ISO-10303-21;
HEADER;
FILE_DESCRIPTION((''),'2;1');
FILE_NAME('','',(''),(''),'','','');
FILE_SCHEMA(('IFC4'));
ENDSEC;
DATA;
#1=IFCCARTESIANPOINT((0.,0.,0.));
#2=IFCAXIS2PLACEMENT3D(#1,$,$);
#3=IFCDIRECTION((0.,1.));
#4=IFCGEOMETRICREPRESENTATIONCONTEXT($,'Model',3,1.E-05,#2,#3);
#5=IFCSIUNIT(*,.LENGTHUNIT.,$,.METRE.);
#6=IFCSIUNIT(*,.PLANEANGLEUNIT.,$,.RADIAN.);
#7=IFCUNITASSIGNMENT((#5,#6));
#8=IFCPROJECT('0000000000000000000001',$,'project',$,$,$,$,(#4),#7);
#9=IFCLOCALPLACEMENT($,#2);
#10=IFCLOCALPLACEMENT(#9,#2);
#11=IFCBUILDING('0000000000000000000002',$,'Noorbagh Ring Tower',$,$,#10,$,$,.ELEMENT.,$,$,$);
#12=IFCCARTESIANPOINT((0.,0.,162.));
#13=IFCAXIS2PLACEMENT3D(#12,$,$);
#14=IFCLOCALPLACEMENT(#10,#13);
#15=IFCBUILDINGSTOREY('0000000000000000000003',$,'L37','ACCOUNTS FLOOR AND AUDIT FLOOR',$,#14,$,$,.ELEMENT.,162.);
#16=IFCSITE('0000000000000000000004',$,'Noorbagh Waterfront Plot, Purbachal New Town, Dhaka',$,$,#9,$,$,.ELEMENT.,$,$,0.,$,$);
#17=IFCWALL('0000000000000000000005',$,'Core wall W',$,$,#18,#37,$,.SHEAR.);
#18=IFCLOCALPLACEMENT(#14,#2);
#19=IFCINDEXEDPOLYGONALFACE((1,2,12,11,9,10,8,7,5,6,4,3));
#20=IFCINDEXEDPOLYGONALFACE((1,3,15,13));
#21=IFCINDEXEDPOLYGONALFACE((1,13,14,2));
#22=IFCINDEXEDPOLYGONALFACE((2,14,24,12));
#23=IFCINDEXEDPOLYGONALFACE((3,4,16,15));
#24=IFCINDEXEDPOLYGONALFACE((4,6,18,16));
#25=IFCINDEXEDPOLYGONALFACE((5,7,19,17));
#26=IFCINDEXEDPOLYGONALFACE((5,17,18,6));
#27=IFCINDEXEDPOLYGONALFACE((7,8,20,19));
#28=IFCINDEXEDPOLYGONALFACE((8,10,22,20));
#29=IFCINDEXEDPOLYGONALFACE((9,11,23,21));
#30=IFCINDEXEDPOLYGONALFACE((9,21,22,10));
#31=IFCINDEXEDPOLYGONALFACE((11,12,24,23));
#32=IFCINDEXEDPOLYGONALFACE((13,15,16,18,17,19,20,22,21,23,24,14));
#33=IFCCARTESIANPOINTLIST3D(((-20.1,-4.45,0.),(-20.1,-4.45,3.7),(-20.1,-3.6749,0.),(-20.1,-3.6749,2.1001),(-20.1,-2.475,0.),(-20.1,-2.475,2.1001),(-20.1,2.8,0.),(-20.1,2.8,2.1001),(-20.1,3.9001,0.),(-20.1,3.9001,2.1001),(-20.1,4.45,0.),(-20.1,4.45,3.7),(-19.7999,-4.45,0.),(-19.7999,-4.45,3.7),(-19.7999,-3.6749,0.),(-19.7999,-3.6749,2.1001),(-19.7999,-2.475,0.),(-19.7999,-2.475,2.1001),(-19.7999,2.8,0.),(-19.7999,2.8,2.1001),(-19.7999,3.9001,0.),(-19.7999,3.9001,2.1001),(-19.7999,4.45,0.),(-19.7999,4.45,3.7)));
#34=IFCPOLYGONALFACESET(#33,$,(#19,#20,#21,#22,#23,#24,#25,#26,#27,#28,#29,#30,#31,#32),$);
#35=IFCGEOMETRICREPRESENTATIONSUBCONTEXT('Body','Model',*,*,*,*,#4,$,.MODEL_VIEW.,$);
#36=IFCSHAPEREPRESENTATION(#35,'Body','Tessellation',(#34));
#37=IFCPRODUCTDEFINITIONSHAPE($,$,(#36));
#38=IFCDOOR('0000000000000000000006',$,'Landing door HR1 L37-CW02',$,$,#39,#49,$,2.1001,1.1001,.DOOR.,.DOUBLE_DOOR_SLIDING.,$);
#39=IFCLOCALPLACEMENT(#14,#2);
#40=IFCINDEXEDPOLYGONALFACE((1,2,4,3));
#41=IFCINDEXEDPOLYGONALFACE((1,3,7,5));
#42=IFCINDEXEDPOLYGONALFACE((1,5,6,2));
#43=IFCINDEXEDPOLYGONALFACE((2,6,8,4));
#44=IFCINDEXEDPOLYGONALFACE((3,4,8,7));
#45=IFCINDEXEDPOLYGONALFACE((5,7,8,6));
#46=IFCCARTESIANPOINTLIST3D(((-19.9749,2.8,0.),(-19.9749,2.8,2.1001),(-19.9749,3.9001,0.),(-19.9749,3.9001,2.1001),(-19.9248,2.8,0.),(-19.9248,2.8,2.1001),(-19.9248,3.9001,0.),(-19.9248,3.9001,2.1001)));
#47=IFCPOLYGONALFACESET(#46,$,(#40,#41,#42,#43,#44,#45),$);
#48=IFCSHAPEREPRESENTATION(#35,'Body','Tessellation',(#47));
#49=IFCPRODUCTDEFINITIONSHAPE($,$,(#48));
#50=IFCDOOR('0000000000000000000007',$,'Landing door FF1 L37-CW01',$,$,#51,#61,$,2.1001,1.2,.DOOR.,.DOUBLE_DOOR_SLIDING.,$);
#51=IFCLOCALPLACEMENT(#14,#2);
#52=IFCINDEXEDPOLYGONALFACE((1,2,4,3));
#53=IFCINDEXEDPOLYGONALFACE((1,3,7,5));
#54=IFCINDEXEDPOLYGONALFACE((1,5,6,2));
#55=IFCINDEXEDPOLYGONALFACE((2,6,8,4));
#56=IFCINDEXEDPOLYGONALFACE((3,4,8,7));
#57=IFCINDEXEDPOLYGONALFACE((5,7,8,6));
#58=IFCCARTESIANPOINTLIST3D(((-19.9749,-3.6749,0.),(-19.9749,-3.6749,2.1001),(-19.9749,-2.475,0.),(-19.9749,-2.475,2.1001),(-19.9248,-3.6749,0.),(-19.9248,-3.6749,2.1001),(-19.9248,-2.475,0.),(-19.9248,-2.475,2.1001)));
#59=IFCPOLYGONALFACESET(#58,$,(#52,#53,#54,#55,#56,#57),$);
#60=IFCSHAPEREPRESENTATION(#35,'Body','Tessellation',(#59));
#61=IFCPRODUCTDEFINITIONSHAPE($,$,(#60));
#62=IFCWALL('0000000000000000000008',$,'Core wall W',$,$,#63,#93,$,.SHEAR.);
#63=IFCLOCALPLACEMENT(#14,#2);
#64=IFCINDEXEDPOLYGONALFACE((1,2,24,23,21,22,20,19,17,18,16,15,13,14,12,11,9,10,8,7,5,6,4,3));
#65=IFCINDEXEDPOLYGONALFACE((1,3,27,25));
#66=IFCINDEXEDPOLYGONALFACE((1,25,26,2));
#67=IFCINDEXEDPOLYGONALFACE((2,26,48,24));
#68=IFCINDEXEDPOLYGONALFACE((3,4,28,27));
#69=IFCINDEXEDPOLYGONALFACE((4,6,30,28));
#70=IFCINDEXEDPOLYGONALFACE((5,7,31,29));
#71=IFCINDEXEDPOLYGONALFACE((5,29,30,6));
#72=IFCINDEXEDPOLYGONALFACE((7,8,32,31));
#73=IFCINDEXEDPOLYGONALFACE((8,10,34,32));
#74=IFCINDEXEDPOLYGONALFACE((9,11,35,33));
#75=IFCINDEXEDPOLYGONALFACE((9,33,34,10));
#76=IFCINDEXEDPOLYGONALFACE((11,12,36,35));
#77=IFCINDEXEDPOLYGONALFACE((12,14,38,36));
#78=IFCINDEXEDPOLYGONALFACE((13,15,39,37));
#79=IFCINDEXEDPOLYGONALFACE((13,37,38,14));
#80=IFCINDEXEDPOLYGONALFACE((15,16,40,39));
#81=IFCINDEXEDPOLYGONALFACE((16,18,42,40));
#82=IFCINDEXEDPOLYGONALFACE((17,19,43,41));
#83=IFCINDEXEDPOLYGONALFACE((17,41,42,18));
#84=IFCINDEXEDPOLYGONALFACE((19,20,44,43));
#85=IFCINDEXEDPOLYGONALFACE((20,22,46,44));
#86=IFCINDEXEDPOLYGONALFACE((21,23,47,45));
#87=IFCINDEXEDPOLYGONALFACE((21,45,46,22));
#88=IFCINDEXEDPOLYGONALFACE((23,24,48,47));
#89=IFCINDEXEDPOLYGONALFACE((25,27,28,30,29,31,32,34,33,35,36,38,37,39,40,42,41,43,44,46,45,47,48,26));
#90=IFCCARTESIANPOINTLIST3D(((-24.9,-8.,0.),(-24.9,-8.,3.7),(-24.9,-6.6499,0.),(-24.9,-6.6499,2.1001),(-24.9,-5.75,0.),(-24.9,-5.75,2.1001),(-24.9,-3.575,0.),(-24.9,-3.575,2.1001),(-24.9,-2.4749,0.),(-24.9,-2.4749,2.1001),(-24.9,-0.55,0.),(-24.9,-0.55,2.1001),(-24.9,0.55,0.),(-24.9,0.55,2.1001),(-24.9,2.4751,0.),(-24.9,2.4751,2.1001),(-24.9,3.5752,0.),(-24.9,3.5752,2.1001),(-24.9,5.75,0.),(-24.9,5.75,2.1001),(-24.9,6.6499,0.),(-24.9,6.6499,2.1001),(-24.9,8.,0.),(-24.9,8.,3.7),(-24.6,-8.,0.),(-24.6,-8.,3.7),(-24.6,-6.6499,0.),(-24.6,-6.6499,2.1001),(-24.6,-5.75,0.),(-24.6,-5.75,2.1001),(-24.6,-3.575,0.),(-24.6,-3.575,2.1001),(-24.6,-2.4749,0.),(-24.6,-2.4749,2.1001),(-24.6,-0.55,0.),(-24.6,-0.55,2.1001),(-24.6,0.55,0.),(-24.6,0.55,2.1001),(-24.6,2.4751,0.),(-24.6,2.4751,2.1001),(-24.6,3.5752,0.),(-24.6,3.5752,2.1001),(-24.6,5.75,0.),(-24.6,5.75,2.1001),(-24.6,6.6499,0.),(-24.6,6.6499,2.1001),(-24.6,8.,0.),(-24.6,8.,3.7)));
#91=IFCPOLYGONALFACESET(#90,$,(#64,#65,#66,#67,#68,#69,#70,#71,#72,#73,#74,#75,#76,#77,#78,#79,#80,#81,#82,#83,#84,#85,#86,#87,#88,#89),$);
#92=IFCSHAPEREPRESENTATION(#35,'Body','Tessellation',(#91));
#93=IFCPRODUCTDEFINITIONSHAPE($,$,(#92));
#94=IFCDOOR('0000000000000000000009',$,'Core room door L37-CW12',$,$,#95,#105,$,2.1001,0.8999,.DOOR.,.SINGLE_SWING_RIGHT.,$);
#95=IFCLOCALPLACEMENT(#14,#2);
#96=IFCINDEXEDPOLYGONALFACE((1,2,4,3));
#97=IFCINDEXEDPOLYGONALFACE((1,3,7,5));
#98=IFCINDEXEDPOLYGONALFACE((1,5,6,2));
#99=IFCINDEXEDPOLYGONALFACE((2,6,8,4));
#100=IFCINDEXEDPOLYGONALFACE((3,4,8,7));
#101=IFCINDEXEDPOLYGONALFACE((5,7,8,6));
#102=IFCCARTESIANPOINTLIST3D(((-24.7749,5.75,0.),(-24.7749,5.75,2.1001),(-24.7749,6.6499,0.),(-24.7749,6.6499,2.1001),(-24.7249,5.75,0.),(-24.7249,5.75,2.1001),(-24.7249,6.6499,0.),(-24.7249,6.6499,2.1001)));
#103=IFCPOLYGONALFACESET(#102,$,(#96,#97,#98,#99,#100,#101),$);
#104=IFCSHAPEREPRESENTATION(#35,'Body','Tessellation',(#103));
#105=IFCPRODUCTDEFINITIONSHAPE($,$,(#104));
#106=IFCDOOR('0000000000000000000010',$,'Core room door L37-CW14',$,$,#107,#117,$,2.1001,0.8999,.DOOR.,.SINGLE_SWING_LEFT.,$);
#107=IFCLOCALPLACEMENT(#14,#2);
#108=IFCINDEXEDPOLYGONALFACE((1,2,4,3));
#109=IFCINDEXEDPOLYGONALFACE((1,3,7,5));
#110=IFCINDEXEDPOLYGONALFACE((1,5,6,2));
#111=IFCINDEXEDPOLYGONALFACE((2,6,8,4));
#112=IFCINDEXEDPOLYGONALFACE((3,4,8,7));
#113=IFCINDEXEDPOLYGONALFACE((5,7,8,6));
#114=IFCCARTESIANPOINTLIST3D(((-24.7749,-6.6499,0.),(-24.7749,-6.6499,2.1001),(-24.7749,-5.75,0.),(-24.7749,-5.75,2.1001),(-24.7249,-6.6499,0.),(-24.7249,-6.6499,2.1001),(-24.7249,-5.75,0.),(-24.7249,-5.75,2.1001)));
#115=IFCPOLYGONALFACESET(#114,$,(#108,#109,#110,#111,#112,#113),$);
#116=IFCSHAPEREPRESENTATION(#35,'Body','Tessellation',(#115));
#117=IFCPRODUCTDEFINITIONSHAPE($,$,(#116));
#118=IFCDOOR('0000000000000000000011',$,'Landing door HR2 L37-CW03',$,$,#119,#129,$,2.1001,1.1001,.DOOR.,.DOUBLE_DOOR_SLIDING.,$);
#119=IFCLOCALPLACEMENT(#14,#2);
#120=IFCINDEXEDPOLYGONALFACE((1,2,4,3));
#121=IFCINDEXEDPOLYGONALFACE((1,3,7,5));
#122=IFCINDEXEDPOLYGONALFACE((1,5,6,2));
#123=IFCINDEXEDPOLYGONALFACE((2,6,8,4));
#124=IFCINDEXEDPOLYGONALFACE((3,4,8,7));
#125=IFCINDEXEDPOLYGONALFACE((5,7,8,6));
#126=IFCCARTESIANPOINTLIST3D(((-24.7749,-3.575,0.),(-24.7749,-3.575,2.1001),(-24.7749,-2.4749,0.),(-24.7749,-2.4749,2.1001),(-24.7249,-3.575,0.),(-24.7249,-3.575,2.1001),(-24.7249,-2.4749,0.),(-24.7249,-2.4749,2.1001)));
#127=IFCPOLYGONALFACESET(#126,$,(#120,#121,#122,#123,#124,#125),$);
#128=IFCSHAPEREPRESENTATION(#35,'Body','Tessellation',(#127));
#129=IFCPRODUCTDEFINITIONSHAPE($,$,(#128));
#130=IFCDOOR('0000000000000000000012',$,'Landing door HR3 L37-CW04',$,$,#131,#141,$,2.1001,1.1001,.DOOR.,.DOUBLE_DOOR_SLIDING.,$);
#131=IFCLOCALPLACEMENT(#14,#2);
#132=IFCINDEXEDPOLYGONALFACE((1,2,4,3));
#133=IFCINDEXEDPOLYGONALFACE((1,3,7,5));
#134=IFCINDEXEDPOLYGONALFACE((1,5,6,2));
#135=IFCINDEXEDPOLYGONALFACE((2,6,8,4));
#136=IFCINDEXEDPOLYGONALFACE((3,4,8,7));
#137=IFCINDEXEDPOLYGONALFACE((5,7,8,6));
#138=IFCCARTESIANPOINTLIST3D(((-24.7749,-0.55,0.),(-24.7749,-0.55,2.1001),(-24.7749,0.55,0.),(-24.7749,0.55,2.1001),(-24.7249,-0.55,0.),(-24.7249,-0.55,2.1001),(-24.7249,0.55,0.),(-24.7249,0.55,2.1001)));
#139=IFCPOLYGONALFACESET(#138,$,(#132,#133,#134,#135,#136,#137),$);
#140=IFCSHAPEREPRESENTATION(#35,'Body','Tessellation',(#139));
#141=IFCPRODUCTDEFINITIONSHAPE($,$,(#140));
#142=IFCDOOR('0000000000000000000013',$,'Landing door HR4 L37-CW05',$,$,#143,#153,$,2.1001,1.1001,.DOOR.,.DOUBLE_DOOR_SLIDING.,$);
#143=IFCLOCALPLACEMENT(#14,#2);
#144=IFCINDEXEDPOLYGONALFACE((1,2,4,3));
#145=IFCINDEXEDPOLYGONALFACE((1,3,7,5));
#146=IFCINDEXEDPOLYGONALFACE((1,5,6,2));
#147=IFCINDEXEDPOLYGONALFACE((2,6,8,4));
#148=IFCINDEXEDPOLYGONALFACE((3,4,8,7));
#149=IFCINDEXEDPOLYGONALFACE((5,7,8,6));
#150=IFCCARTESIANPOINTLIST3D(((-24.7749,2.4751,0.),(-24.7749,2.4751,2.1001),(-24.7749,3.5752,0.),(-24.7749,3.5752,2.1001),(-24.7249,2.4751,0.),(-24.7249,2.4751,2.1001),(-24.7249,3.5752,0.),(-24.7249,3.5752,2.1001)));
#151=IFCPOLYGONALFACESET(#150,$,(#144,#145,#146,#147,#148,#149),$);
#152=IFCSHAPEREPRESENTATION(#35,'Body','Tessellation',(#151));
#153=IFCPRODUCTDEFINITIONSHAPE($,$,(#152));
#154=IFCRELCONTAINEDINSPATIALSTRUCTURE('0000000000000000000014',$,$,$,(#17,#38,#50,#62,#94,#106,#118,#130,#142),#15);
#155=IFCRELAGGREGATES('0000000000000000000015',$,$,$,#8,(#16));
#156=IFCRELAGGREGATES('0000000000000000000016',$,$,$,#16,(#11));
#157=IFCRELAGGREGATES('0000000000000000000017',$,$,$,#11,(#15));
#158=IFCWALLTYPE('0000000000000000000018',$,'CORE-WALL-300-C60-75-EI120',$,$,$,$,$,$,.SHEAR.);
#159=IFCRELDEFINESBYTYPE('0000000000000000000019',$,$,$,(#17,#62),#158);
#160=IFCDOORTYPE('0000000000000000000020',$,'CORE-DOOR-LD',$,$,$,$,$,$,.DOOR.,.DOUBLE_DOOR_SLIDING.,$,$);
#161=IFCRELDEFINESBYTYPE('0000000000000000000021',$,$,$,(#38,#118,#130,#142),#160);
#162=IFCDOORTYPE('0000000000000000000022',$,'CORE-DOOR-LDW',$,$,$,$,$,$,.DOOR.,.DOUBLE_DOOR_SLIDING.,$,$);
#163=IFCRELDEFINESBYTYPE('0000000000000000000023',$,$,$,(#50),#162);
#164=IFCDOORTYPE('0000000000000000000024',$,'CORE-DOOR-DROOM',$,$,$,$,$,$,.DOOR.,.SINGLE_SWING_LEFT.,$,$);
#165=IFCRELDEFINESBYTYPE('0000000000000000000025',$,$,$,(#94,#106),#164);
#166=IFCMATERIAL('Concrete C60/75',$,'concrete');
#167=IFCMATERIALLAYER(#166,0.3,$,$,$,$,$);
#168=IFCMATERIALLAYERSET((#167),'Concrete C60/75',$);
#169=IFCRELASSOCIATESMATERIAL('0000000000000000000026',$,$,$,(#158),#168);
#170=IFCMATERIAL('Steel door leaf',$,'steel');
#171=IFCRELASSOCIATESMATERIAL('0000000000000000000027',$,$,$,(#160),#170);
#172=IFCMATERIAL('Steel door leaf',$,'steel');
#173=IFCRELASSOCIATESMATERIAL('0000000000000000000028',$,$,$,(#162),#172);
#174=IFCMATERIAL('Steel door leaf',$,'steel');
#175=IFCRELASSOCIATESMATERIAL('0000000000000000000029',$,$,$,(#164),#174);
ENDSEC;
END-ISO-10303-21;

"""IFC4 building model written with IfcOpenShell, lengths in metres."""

from ifc_helpers import new_model, si_unit, direction, frame, frame_2d, origin, place, context, subcontext, project, spatial, rectangle, extrude, material, layer, layer_set, type_object, element, fill, save


model = new_model("IFC4")

# Units and contexts
model_context = context("Model", 3, precision=1e-05, world=origin(), true_north=direction((0.0, 1.0)))
body_context = subcontext(model_context, "Body", "Model", "MODEL_VIEW")
ifc_project = project(units=[si_unit("LENGTHUNIT", "METRE"), si_unit("PLANEANGLEUNIT", "RADIAN")], contexts=[model_context])

# Site, building, storey
site_placement = place(None, origin())
site = spatial("IfcSite", under=ifc_project, at=site_placement, Name="Noorbagh Waterfront Plot, Purbachal New Town, Dhaka", CompositionType="ELEMENT", RefElevation=0.0)
building_placement = place(site_placement, origin())
building = spatial("IfcBuilding", under=site, at=building_placement, Name="Noorbagh Ring Tower", CompositionType="ELEMENT")
storey_placement = place(building_placement, frame((0.0, 0.0, 162.0)))
storey = spatial("IfcBuildingStorey", under=building, at=storey_placement, Name="L37", Description="ACCOUNTS FLOOR AND AUDIT FLOOR", CompositionType="ELEMENT", Elevation=162.0)

# Shared definitions
ifc_material_1 = material(Name="Concrete C60/75", Category="concrete")
ifc_layer_1 = layer(ifc_material_1, 0.3)
ifc_layer_set_1 = layer_set([ifc_layer_1], Name="Concrete C60/75")
wall_type_1 = type_object("IfcWallType", Name="CORE-WALL-300-C60-75-EI120", PredefinedType="SHEAR", material=ifc_layer_set_1)

# Walls, openings, doors
wall_1_placement = place(storey_placement, frame((-19.95, -4.45, 0.0), z_axis=(0.0, 0.0, 1.0), x_axis=(0.0, 1.0, 0.0)))
wall_1 = element("IfcWall", 1, at=wall_1_placement, inside=storey, type_object=wall_type_1, Name="Core wall W", PredefinedType="SHEAR", context=body_context, shape_type="SweptSolid", body=[
    extrude(rectangle(XDim=8.8999, YDim=0.3, at=frame_2d((4.45, 0.0))), origin(), (0.0, 0.0, 1.0), 3.7),
])
opening_1_placement = place(wall_1_placement, frame((0.7749, 0.0, 0.0)))
opening_1 = element("IfcOpeningElement", 2, at=opening_1_placement, cuts=wall_1, PredefinedType="OPENING", context=body_context, shape_type="SweptSolid", body=[
    extrude(rectangle(XDim=1.2, YDim=2.1001, at=frame_2d((0.6001, 1.05))), frame((0.0, 0.1602, 0.0), z_axis=(0.0, -1.0, 0.0), x_axis=(1.0, 0.0, 0.0)), (0.0, 0.0, 1.0), 0.3201),
])
opening_2_placement = place(wall_1_placement, frame((7.25, 0.0, 0.0)))
opening_2 = element("IfcOpeningElement", 3, at=opening_2_placement, cuts=wall_1, PredefinedType="OPENING", context=body_context, shape_type="SweptSolid", body=[
    extrude(rectangle(XDim=1.1001, YDim=2.1001, at=frame_2d((0.55, 1.05))), frame((0.0, 0.1602, 0.0), z_axis=(0.0, -1.0, 0.0), x_axis=(1.0, 0.0, 0.0)), (0.0, 0.0, 1.0), 0.3201),
])
ifc_material_2 = material(Name="Steel door leaf", Category="steel")
door_type_1 = type_object("IfcDoorType", Name="CORE-DOOR-LD", OperationType="DOUBLE_DOOR_SLIDING", PredefinedType="DOOR", material=ifc_material_2)
door_1_placement = place(opening_2_placement, origin())
door_1 = element("IfcDoor", 4, at=door_1_placement, inside=storey, type_object=door_type_1, Name="Landing door HR1 L37-CW02", OperationType="DOUBLE_DOOR_SLIDING", OverallHeight=2.1001, OverallWidth=1.1001, PredefinedType="DOOR", context=body_context, shape_type="SweptSolid", body=[
    extrude(rectangle(XDim=1.1001, YDim=2.1001, at=frame_2d((0.55, 1.05))), frame((0.0, 0.0249, 0.0), z_axis=(0.0, -1.0, 0.0), x_axis=(1.0, 0.0, 0.0)), (0.0, 0.0, 1.0), 0.05),
])
fill(opening_2, door_1)
ifc_material_3 = material(Name="Steel door leaf", Category="steel")
door_type_2 = type_object("IfcDoorType", Name="CORE-DOOR-LDW", OperationType="DOUBLE_DOOR_SLIDING", PredefinedType="DOOR", material=ifc_material_3)
door_2_placement = place(opening_1_placement, origin())
door_2 = element("IfcDoor", 5, at=door_2_placement, inside=storey, type_object=door_type_2, Name="Landing door FF1 L37-CW01", OperationType="DOUBLE_DOOR_SLIDING", OverallHeight=2.1001, OverallWidth=1.2, PredefinedType="DOOR", context=body_context, shape_type="SweptSolid", body=[
    extrude(rectangle(XDim=1.2, YDim=2.1001, at=frame_2d((0.6001, 1.05))), frame((0.0, 0.0249, 0.0), z_axis=(0.0, -1.0, 0.0), x_axis=(1.0, 0.0, 0.0)), (0.0, 0.0, 1.0), 0.05),
])
fill(opening_1, door_2)
wall_2_placement = place(storey_placement, frame((-24.75, -8.0, 0.0), z_axis=(0.0, 0.0, 1.0), x_axis=(0.0, 1.0, 0.0)))
wall_2 = element("IfcWall", 6, at=wall_2_placement, inside=storey, type_object=wall_type_1, Name="Core wall W", PredefinedType="SHEAR", context=body_context, shape_type="SweptSolid", body=[
    extrude(rectangle(XDim=16.0, YDim=0.3, at=frame_2d((8.0, 0.0))), origin(), (0.0, 0.0, 1.0), 3.7),
])
opening_3_placement = place(wall_2_placement, frame((4.425, 0.0, 0.0)))
opening_3 = element("IfcOpeningElement", 7, at=opening_3_placement, cuts=wall_2, PredefinedType="OPENING", context=body_context, shape_type="SweptSolid", body=[
    extrude(rectangle(XDim=1.1001, YDim=2.1001, at=frame_2d((0.55, 1.05))), frame((0.0, 0.1602, 0.0), z_axis=(0.0, -1.0, 0.0), x_axis=(1.0, 0.0, 0.0)), (0.0, 0.0, 1.0), 0.3201),
])
opening_4_placement = place(wall_2_placement, frame((7.45, 0.0, 0.0)))
opening_4 = element("IfcOpeningElement", 8, at=opening_4_placement, cuts=wall_2, PredefinedType="OPENING", context=body_context, shape_type="SweptSolid", body=[
    extrude(rectangle(XDim=1.1001, YDim=2.1001, at=frame_2d((0.55, 1.05))), frame((0.0, 0.1602, 0.0), z_axis=(0.0, -1.0, 0.0), x_axis=(1.0, 0.0, 0.0)), (0.0, 0.0, 1.0), 0.3201),
])
opening_5_placement = place(wall_2_placement, frame((10.4751, 0.0, 0.0)))
opening_5 = element("IfcOpeningElement", 9, at=opening_5_placement, cuts=wall_2, PredefinedType="OPENING", context=body_context, shape_type="SweptSolid", body=[
    extrude(rectangle(XDim=1.1001, YDim=2.1001, at=frame_2d((0.55, 1.05))), frame((0.0, 0.1602, 0.0), z_axis=(0.0, -1.0, 0.0), x_axis=(1.0, 0.0, 0.0)), (0.0, 0.0, 1.0), 0.3201),
])
opening_6_placement = place(wall_2_placement, frame((13.75, 0.0, 0.0)))
opening_6 = element("IfcOpeningElement", 10, at=opening_6_placement, cuts=wall_2, PredefinedType="OPENING", context=body_context, shape_type="SweptSolid", body=[
    extrude(rectangle(XDim=0.8999, YDim=2.1001, at=frame_2d((0.45, 1.05))), frame((0.0, 0.1602, 0.0), z_axis=(0.0, -1.0, 0.0), x_axis=(1.0, 0.0, 0.0)), (0.0, 0.0, 1.0), 0.3201),
])
opening_7_placement = place(wall_2_placement, frame((1.3501, 0.0, 0.0)))
opening_7 = element("IfcOpeningElement", 11, at=opening_7_placement, cuts=wall_2, PredefinedType="OPENING", context=body_context, shape_type="SweptSolid", body=[
    extrude(rectangle(XDim=0.8999, YDim=2.1001, at=frame_2d((0.45, 1.05))), frame((0.0, 0.1602, 0.0), z_axis=(0.0, -1.0, 0.0), x_axis=(1.0, 0.0, 0.0)), (0.0, 0.0, 1.0), 0.3201),
])
ifc_material_4 = material(Name="Steel door leaf", Category="steel")
door_type_3 = type_object("IfcDoorType", Name="CORE-DOOR-DROOM", OperationType="SINGLE_SWING_LEFT", PredefinedType="DOOR", material=ifc_material_4)
door_3_placement = place(opening_6_placement, origin())
door_3 = element("IfcDoor", 12, at=door_3_placement, inside=storey, type_object=door_type_3, Name="Core room door L37-CW12", OperationType="SINGLE_SWING_RIGHT", OverallHeight=2.1001, OverallWidth=0.8999, PredefinedType="DOOR", context=body_context, shape_type="SweptSolid", body=[
    extrude(rectangle(XDim=0.8999, YDim=2.1001, at=frame_2d((0.45, 1.05))), frame((0.0, 0.0249, 0.0), z_axis=(0.0, -1.0, 0.0), x_axis=(1.0, 0.0, 0.0)), (0.0, 0.0, 1.0), 0.05),
])
fill(opening_6, door_3)
door_4_placement = place(opening_7_placement, origin())
door_4 = element("IfcDoor", 13, at=door_4_placement, inside=storey, type_object=door_type_3, Name="Core room door L37-CW14", OperationType="SINGLE_SWING_LEFT", OverallHeight=2.1001, OverallWidth=0.8999, PredefinedType="DOOR", context=body_context, shape_type="SweptSolid", body=[
    extrude(rectangle(XDim=0.8999, YDim=2.1001, at=frame_2d((0.45, 1.05))), frame((0.0, 0.0249, 0.0), z_axis=(0.0, -1.0, 0.0), x_axis=(1.0, 0.0, 0.0)), (0.0, 0.0, 1.0), 0.05),
])
fill(opening_7, door_4)
door_5_placement = place(opening_3_placement, origin())
door_5 = element("IfcDoor", 14, at=door_5_placement, inside=storey, type_object=door_type_1, Name="Landing door HR2 L37-CW03", OperationType="DOUBLE_DOOR_SLIDING", OverallHeight=2.1001, OverallWidth=1.1001, PredefinedType="DOOR", context=body_context, shape_type="SweptSolid", body=[
    extrude(rectangle(XDim=1.1001, YDim=2.1001, at=frame_2d((0.55, 1.05))), frame((0.0, 0.0249, 0.0), z_axis=(0.0, -1.0, 0.0), x_axis=(1.0, 0.0, 0.0)), (0.0, 0.0, 1.0), 0.05),
])
fill(opening_3, door_5)
door_6_placement = place(opening_4_placement, origin())
door_6 = element("IfcDoor", 15, at=door_6_placement, inside=storey, type_object=door_type_1, Name="Landing door HR3 L37-CW04", OperationType="DOUBLE_DOOR_SLIDING", OverallHeight=2.1001, OverallWidth=1.1001, PredefinedType="DOOR", context=body_context, shape_type="SweptSolid", body=[
    extrude(rectangle(XDim=1.1001, YDim=2.1001, at=frame_2d((0.55, 1.05))), frame((0.0, 0.0249, 0.0), z_axis=(0.0, -1.0, 0.0), x_axis=(1.0, 0.0, 0.0)), (0.0, 0.0, 1.0), 0.05),
])
fill(opening_4, door_6)
door_7_placement = place(opening_5_placement, origin())
door_7 = element("IfcDoor", 16, at=door_7_placement, inside=storey, type_object=door_type_1, Name="Landing door HR4 L37-CW05", OperationType="DOUBLE_DOOR_SLIDING", OverallHeight=2.1001, OverallWidth=1.1001, PredefinedType="DOOR", context=body_context, shape_type="SweptSolid", body=[
    extrude(rectangle(XDim=1.1001, YDim=2.1001, at=frame_2d((0.55, 1.05))), frame((0.0, 0.0249, 0.0), z_axis=(0.0, -1.0, 0.0), x_axis=(1.0, 0.0, 0.0)), (0.0, 0.0, 1.0), 0.05),
])
fill(opening_5, door_7)

save(model, "model.ifc")
